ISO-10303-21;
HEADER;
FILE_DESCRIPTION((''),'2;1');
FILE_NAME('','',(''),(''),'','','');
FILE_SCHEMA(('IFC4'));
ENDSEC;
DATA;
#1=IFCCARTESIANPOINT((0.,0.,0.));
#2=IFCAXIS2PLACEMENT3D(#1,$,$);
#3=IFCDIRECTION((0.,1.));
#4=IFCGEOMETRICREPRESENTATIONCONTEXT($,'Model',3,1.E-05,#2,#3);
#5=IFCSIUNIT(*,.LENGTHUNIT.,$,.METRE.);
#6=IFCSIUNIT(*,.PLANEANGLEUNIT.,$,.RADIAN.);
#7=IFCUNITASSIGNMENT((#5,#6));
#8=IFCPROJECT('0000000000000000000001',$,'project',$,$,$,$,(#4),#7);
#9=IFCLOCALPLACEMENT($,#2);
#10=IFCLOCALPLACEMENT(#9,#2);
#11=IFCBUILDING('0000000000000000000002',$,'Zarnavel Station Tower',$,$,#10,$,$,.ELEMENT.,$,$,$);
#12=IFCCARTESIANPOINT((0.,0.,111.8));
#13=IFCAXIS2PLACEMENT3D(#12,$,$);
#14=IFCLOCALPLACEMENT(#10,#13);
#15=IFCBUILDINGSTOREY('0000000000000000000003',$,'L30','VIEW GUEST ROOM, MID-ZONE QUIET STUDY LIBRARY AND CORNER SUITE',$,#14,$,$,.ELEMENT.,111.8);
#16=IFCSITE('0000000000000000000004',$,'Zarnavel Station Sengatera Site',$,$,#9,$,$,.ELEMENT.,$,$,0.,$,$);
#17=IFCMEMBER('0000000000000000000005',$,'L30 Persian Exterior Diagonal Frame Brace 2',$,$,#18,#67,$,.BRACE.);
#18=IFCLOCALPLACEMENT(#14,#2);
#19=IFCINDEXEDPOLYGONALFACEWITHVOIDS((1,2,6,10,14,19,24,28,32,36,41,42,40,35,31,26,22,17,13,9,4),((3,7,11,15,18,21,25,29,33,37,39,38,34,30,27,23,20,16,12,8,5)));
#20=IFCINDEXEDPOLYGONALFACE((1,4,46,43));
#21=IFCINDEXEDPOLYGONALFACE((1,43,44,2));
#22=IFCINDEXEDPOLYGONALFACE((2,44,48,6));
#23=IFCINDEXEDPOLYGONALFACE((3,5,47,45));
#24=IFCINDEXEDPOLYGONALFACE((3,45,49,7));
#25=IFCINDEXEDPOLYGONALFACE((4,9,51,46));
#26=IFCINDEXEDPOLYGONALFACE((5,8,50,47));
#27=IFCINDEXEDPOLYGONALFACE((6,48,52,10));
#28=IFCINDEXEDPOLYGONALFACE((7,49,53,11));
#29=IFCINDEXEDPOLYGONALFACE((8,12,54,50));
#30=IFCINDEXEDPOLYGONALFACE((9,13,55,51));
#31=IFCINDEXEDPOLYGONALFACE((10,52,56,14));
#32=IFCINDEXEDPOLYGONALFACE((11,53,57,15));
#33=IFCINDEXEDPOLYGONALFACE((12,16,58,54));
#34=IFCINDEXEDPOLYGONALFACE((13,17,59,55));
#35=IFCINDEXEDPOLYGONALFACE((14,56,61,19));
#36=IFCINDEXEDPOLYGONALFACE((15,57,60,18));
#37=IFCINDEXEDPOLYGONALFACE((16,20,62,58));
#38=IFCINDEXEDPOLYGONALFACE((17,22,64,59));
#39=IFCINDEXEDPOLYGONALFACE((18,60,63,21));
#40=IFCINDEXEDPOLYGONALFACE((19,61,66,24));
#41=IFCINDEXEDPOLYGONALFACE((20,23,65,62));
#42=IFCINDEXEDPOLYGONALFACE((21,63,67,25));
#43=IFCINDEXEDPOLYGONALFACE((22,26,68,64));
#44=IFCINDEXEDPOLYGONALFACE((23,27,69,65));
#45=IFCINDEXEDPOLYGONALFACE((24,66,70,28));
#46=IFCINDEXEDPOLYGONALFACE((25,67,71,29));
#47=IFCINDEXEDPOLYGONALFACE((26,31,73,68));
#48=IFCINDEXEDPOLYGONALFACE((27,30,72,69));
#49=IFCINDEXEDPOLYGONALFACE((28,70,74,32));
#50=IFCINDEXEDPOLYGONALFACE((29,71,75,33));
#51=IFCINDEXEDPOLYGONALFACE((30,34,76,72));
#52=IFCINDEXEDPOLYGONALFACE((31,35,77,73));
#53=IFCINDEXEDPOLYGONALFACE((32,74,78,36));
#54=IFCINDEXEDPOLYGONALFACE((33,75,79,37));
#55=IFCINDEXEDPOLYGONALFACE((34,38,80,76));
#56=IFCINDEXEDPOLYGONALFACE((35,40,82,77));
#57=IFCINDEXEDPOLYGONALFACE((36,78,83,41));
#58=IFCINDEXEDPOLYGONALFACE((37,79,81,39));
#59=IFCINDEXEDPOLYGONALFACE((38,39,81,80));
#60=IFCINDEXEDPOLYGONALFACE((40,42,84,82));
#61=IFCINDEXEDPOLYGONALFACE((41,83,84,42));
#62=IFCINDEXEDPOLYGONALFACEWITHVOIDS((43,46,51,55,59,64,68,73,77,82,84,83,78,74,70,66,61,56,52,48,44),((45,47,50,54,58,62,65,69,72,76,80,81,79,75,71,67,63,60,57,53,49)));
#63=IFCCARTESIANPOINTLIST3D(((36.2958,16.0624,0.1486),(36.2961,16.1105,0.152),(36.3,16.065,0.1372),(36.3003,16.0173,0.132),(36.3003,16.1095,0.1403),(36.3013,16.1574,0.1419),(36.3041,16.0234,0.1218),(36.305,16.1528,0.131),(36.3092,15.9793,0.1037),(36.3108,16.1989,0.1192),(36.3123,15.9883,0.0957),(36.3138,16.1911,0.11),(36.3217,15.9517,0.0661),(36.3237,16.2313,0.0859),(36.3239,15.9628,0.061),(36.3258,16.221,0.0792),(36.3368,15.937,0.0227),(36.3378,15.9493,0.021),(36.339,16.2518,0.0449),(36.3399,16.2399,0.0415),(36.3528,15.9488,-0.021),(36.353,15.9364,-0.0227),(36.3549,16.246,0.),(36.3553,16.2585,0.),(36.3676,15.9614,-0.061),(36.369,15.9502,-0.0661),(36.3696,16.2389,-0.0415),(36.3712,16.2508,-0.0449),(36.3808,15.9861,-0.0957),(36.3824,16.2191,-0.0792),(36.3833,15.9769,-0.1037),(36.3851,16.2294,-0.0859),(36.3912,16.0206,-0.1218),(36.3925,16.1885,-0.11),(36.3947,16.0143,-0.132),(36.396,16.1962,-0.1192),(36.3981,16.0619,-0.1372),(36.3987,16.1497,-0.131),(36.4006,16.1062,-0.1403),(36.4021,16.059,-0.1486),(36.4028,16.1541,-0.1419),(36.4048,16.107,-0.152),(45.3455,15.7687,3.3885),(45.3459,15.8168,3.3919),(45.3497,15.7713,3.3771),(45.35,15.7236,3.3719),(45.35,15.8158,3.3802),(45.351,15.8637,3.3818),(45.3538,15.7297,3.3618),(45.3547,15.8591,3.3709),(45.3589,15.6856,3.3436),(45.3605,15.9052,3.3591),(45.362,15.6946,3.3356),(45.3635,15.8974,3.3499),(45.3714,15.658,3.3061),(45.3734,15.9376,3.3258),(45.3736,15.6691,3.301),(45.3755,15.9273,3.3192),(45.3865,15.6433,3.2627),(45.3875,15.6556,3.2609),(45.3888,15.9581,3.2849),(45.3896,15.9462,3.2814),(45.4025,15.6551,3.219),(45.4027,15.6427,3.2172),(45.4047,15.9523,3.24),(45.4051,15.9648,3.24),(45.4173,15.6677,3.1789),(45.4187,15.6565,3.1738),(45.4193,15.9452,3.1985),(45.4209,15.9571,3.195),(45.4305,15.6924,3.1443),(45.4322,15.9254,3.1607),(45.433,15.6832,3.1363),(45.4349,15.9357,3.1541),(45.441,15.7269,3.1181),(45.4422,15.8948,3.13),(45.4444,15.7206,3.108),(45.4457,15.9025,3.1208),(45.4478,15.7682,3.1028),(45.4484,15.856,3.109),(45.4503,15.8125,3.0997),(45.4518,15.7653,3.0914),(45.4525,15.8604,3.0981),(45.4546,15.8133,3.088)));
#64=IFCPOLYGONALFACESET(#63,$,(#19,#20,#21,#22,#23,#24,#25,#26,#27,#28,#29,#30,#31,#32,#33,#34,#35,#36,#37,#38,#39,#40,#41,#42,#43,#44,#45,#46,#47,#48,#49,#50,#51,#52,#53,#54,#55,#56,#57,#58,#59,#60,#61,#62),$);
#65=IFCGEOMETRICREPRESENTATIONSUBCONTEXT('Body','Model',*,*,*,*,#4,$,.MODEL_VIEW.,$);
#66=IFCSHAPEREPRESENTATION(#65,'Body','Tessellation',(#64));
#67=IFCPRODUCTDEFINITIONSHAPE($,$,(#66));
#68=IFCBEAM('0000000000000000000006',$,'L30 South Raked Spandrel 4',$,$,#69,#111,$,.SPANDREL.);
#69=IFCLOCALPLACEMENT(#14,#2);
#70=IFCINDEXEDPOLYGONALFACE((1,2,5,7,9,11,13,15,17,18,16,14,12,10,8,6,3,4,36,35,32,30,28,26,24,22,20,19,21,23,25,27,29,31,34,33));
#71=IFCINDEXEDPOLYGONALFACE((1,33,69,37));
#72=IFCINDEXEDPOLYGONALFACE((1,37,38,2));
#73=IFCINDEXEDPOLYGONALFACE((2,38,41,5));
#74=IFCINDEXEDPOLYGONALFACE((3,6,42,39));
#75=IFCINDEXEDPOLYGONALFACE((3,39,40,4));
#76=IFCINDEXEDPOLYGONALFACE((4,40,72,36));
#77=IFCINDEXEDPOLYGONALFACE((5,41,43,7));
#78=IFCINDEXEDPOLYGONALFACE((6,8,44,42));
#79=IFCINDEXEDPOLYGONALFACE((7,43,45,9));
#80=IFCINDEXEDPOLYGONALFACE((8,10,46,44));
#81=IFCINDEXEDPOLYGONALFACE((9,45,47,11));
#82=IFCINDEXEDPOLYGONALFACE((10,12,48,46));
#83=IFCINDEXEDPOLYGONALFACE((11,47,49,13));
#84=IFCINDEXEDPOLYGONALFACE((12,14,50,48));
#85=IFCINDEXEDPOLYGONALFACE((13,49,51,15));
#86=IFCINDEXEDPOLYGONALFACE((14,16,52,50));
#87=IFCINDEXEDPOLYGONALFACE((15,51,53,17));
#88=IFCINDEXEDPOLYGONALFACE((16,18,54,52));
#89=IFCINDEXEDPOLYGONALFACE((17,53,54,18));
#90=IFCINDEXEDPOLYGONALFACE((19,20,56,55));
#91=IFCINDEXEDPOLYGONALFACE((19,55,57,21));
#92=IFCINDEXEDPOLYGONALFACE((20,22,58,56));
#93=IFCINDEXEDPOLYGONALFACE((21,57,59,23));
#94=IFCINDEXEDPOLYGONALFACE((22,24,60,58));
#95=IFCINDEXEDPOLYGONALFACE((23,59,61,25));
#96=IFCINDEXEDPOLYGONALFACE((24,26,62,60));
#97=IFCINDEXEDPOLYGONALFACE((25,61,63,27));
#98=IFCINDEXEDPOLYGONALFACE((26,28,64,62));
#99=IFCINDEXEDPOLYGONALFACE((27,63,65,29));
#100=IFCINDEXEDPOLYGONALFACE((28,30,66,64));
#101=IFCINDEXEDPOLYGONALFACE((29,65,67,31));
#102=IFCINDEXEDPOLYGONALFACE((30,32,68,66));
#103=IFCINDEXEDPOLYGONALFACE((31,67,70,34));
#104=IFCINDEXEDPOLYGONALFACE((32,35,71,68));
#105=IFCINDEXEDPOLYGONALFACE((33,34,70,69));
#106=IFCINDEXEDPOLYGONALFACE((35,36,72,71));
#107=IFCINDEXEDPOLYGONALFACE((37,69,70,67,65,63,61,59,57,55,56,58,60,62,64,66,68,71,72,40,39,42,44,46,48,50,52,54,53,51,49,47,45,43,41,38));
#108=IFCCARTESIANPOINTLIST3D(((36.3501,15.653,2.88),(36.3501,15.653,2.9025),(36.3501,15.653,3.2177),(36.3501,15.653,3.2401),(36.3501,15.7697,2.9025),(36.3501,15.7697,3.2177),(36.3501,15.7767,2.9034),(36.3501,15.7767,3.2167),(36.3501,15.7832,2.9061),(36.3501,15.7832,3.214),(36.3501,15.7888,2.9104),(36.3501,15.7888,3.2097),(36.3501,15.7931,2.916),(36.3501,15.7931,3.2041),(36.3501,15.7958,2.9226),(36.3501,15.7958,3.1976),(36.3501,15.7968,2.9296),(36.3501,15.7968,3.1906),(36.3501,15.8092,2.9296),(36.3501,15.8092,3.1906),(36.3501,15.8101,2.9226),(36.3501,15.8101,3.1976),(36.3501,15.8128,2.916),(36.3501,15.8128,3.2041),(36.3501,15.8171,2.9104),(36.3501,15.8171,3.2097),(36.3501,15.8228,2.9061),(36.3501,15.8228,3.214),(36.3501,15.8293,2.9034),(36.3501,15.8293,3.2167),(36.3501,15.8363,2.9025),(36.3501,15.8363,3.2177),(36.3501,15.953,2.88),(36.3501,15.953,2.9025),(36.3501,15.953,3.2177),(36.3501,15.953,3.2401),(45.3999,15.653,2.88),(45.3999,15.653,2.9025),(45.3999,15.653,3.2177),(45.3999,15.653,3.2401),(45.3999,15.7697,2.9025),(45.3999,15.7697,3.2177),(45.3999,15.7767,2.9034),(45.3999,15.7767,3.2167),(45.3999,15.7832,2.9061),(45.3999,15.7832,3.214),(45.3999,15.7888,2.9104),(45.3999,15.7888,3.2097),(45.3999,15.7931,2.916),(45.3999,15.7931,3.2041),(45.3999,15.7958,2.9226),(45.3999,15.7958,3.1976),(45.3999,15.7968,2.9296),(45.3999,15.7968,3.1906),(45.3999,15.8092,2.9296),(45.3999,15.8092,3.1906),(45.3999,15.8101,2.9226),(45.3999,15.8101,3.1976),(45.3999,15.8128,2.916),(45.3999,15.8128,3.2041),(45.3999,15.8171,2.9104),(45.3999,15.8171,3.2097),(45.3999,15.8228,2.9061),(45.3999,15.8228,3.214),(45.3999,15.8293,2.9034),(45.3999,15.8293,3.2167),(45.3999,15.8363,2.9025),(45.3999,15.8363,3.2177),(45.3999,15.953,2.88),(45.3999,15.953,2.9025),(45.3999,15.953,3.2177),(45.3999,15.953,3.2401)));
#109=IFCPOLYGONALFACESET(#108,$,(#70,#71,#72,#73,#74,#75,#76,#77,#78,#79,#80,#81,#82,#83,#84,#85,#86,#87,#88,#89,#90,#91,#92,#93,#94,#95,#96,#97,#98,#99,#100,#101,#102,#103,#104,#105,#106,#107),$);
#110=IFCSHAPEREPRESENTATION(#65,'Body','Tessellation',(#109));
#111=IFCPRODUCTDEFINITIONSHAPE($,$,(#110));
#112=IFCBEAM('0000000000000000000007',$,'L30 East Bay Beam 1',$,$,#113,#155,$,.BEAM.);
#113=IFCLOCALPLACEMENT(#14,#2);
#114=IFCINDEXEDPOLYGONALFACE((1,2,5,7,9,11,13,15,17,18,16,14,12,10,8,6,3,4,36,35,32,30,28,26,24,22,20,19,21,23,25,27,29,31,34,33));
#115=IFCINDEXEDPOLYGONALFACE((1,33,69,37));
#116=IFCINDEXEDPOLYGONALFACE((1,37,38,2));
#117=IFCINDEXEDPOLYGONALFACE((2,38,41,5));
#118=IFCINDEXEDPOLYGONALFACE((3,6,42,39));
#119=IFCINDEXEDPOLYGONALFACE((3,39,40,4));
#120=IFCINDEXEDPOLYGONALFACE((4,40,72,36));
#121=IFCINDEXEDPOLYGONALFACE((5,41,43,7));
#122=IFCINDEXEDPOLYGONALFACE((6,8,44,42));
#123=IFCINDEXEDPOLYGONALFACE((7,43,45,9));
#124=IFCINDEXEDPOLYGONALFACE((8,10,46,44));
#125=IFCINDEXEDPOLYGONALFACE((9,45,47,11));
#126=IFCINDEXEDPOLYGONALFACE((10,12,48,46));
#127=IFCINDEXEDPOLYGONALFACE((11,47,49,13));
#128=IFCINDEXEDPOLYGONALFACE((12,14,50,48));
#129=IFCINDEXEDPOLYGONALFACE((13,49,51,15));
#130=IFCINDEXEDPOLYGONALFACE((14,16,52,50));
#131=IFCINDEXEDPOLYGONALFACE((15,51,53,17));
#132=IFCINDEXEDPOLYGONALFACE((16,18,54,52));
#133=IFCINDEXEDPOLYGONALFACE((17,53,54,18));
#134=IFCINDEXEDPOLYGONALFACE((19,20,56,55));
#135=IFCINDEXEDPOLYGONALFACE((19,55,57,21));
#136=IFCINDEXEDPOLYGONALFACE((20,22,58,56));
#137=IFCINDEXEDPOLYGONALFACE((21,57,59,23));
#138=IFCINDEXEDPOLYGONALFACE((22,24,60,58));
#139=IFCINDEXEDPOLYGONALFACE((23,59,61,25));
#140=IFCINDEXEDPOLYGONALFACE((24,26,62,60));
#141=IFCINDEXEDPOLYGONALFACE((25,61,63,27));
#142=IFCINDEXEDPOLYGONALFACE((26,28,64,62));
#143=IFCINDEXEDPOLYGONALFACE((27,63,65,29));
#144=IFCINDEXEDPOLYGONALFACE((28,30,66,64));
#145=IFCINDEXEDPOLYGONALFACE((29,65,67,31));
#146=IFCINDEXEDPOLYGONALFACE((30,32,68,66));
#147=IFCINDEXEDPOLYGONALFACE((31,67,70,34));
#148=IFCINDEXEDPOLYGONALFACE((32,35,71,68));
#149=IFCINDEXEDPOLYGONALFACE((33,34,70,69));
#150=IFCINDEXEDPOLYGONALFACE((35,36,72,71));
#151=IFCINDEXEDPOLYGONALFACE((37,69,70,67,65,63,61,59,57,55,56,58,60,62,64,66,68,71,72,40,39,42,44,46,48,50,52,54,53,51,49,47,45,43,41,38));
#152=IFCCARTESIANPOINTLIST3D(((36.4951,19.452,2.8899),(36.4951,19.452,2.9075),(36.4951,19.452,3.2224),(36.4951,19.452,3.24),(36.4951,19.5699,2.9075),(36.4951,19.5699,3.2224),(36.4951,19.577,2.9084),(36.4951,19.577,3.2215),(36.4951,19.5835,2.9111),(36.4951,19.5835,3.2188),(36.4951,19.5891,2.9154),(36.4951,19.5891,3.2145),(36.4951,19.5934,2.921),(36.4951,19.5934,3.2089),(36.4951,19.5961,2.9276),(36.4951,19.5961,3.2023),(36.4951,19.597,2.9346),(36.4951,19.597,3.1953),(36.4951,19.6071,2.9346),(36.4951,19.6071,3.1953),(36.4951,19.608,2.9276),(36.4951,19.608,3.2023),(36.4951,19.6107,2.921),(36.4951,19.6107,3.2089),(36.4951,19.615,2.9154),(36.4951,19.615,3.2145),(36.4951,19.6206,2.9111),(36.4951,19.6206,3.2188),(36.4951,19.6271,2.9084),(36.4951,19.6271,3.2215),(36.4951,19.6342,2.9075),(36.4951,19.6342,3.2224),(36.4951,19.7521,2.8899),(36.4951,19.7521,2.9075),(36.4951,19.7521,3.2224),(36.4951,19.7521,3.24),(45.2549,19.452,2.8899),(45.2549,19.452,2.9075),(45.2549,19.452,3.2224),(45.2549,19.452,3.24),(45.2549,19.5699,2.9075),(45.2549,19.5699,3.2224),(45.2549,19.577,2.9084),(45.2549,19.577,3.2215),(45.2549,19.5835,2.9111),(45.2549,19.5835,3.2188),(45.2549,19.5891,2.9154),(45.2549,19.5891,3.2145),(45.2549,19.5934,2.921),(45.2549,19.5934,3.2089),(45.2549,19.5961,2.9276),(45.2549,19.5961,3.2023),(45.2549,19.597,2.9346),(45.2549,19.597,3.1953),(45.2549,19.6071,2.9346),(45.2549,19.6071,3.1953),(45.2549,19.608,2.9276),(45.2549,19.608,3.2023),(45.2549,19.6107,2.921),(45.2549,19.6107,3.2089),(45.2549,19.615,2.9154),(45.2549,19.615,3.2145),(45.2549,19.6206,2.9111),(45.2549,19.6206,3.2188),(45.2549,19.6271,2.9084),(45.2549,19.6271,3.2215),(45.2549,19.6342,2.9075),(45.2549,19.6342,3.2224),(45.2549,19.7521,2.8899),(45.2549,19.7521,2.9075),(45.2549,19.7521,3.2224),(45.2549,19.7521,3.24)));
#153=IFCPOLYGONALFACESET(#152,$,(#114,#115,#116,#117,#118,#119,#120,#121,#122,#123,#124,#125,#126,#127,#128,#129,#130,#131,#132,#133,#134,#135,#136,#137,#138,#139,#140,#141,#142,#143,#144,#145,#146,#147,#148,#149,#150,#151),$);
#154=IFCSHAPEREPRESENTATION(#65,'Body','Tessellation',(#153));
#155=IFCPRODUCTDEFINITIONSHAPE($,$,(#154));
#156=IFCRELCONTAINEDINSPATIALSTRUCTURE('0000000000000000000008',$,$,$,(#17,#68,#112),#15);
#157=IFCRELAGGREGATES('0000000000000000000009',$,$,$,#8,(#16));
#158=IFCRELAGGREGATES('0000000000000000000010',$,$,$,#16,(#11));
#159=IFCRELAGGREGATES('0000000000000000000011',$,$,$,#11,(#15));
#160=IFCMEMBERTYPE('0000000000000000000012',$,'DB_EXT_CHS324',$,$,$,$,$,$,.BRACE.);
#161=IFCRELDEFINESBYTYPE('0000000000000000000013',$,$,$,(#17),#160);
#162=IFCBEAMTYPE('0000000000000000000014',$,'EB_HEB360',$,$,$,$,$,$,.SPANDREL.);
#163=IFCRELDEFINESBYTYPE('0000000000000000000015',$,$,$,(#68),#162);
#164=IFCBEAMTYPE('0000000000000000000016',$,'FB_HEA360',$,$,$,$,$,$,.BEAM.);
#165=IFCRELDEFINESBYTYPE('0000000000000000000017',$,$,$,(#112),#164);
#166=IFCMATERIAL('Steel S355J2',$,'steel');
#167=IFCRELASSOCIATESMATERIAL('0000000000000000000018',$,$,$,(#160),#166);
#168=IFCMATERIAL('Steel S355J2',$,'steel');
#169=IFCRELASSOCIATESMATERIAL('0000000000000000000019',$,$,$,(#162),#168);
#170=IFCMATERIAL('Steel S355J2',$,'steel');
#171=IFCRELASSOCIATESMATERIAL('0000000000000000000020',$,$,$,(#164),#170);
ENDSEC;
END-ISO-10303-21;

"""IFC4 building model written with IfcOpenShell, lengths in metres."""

from ifc_helpers import new_model, si_unit, direction, frame, origin, origin_2d, place, context, subcontext, project, spatial, hollow_circle, i_section, extrude, material, material_profile, profile_set, type_object, element, save


model = new_model("IFC4")

# Units and contexts
model_context = context("Model", 3, precision=1e-05, world=origin(), true_north=direction((0.0, 1.0)))
body_context = subcontext(model_context, "Body", "Model", "MODEL_VIEW")
ifc_project = project(units=[si_unit("LENGTHUNIT", "METRE"), si_unit("PLANEANGLEUNIT", "RADIAN")], contexts=[model_context])

# Site, building, storey
site_placement = place(None, origin())
site = spatial("IfcSite", under=ifc_project, at=site_placement, Name="Zarnavel Station Sengatera Site", CompositionType="ELEMENT", RefElevation=0.0)
building_placement = place(site_placement, origin())
building = spatial("IfcBuilding", under=site, at=building_placement, Name="Zarnavel Station Tower", CompositionType="ELEMENT")
storey_placement = place(building_placement, frame((0.0, 0.0, 111.8)))
storey = spatial("IfcBuildingStorey", under=building, at=storey_placement, Name="L30", Description="VIEW GUEST ROOM, MID-ZONE QUIET STUDY LIBRARY AND CORNER SUITE", CompositionType="ELEMENT", Elevation=111.8)

# Member
ifc_material_1 = material(Name="Steel S355J2", Category="steel")
ifc_material_profile_1 = material_profile(ifc_material_1, hollow_circle(Radius=0.1619, WallThickness=0.0125, at=origin_2d()), Name="CHS323.9x12.5")
ifc_profile_set_1 = profile_set([ifc_material_profile_1], Name="Steel S355J2")
member_type_1 = type_object("IfcMemberType", Name="DB_EXT_CHS324", PredefinedType="BRACE", material=ifc_profile_set_1)
member_1_placement = place(storey_placement, frame((36.3501, 16.0967, 0.0), z_axis=(0.941042, -0.03054, 0.33691), x_axis=(0.032437, 0.999474, 0.0)))
element("IfcMember", 1, at=member_1_placement, inside=storey, type_object=member_type_1, Name="L30 Persian Exterior Diagonal Frame Brace 2", PredefinedType="BRACE", context=body_context, shape_type="SweptSolid", body=[
    extrude(hollow_circle(Radius=0.1619, WallThickness=0.0125, at=origin_2d()), origin(), (0.0, 0.0, 1.0), 9.6167),
])

# Beams
ifc_material_2 = material(Name="Steel S355J2", Category="steel")
ifc_material_profile_2 = material_profile(ifc_material_2, i_section(OverallWidth=0.3, OverallDepth=0.3601, WebThickness=0.0125, FlangeThickness=0.0225, FilletRadius=0.0271, at=origin_2d()), Name="HEB360")
ifc_profile_set_2 = profile_set([ifc_material_profile_2], Name="Steel S355J2")
beam_type_1 = type_object("IfcBeamType", Name="EB_HEB360", PredefinedType="SPANDREL", material=ifc_profile_set_2)
beam_1_placement = place(storey_placement, frame((36.3501, 15.803, 3.0601), z_axis=(1.0, 0.0, 0.0), x_axis=(0.0, 1.0, 0.0)))
element("IfcBeam", 2, at=beam_1_placement, inside=storey, type_object=beam_type_1, Name="L30 South Raked Spandrel 4", PredefinedType="SPANDREL", context=body_context, shape_type="SweptSolid", body=[
    extrude(i_section(OverallWidth=0.3, OverallDepth=0.3601, WebThickness=0.0125, FlangeThickness=0.0225, FilletRadius=0.0271, at=origin_2d()), origin(), (0.0, 0.0, 1.0), 9.0498),
])
ifc_material_3 = material(Name="Steel S355J2", Category="steel")
ifc_material_profile_3 = material_profile(ifc_material_3, i_section(OverallWidth=0.3, OverallDepth=0.3501, WebThickness=0.01, FlangeThickness=0.0176, FilletRadius=0.0271, at=origin_2d()), Name="HEA360")
ifc_profile_set_3 = profile_set([ifc_material_profile_3], Name="Steel S355J2")
beam_type_2 = type_object("IfcBeamType", Name="FB_HEA360", PredefinedType="BEAM", material=ifc_profile_set_3)
beam_2_placement = place(storey_placement, frame((36.4951, 19.6021, 3.0649), z_axis=(1.0, 0.0, 0.0), x_axis=(0.0, 1.0, 0.0)))
element("IfcBeam", 3, at=beam_2_placement, inside=storey, type_object=beam_type_2, Name="L30 East Bay Beam 1", PredefinedType="BEAM", context=body_context, shape_type="SweptSolid", body=[
    extrude(i_section(OverallWidth=0.3, OverallDepth=0.3501, WebThickness=0.01, FlangeThickness=0.0176, FilletRadius=0.0271, at=origin_2d()), origin(), (0.0, 0.0, 1.0), 8.7598),
])

save(model, "model.ifc")
